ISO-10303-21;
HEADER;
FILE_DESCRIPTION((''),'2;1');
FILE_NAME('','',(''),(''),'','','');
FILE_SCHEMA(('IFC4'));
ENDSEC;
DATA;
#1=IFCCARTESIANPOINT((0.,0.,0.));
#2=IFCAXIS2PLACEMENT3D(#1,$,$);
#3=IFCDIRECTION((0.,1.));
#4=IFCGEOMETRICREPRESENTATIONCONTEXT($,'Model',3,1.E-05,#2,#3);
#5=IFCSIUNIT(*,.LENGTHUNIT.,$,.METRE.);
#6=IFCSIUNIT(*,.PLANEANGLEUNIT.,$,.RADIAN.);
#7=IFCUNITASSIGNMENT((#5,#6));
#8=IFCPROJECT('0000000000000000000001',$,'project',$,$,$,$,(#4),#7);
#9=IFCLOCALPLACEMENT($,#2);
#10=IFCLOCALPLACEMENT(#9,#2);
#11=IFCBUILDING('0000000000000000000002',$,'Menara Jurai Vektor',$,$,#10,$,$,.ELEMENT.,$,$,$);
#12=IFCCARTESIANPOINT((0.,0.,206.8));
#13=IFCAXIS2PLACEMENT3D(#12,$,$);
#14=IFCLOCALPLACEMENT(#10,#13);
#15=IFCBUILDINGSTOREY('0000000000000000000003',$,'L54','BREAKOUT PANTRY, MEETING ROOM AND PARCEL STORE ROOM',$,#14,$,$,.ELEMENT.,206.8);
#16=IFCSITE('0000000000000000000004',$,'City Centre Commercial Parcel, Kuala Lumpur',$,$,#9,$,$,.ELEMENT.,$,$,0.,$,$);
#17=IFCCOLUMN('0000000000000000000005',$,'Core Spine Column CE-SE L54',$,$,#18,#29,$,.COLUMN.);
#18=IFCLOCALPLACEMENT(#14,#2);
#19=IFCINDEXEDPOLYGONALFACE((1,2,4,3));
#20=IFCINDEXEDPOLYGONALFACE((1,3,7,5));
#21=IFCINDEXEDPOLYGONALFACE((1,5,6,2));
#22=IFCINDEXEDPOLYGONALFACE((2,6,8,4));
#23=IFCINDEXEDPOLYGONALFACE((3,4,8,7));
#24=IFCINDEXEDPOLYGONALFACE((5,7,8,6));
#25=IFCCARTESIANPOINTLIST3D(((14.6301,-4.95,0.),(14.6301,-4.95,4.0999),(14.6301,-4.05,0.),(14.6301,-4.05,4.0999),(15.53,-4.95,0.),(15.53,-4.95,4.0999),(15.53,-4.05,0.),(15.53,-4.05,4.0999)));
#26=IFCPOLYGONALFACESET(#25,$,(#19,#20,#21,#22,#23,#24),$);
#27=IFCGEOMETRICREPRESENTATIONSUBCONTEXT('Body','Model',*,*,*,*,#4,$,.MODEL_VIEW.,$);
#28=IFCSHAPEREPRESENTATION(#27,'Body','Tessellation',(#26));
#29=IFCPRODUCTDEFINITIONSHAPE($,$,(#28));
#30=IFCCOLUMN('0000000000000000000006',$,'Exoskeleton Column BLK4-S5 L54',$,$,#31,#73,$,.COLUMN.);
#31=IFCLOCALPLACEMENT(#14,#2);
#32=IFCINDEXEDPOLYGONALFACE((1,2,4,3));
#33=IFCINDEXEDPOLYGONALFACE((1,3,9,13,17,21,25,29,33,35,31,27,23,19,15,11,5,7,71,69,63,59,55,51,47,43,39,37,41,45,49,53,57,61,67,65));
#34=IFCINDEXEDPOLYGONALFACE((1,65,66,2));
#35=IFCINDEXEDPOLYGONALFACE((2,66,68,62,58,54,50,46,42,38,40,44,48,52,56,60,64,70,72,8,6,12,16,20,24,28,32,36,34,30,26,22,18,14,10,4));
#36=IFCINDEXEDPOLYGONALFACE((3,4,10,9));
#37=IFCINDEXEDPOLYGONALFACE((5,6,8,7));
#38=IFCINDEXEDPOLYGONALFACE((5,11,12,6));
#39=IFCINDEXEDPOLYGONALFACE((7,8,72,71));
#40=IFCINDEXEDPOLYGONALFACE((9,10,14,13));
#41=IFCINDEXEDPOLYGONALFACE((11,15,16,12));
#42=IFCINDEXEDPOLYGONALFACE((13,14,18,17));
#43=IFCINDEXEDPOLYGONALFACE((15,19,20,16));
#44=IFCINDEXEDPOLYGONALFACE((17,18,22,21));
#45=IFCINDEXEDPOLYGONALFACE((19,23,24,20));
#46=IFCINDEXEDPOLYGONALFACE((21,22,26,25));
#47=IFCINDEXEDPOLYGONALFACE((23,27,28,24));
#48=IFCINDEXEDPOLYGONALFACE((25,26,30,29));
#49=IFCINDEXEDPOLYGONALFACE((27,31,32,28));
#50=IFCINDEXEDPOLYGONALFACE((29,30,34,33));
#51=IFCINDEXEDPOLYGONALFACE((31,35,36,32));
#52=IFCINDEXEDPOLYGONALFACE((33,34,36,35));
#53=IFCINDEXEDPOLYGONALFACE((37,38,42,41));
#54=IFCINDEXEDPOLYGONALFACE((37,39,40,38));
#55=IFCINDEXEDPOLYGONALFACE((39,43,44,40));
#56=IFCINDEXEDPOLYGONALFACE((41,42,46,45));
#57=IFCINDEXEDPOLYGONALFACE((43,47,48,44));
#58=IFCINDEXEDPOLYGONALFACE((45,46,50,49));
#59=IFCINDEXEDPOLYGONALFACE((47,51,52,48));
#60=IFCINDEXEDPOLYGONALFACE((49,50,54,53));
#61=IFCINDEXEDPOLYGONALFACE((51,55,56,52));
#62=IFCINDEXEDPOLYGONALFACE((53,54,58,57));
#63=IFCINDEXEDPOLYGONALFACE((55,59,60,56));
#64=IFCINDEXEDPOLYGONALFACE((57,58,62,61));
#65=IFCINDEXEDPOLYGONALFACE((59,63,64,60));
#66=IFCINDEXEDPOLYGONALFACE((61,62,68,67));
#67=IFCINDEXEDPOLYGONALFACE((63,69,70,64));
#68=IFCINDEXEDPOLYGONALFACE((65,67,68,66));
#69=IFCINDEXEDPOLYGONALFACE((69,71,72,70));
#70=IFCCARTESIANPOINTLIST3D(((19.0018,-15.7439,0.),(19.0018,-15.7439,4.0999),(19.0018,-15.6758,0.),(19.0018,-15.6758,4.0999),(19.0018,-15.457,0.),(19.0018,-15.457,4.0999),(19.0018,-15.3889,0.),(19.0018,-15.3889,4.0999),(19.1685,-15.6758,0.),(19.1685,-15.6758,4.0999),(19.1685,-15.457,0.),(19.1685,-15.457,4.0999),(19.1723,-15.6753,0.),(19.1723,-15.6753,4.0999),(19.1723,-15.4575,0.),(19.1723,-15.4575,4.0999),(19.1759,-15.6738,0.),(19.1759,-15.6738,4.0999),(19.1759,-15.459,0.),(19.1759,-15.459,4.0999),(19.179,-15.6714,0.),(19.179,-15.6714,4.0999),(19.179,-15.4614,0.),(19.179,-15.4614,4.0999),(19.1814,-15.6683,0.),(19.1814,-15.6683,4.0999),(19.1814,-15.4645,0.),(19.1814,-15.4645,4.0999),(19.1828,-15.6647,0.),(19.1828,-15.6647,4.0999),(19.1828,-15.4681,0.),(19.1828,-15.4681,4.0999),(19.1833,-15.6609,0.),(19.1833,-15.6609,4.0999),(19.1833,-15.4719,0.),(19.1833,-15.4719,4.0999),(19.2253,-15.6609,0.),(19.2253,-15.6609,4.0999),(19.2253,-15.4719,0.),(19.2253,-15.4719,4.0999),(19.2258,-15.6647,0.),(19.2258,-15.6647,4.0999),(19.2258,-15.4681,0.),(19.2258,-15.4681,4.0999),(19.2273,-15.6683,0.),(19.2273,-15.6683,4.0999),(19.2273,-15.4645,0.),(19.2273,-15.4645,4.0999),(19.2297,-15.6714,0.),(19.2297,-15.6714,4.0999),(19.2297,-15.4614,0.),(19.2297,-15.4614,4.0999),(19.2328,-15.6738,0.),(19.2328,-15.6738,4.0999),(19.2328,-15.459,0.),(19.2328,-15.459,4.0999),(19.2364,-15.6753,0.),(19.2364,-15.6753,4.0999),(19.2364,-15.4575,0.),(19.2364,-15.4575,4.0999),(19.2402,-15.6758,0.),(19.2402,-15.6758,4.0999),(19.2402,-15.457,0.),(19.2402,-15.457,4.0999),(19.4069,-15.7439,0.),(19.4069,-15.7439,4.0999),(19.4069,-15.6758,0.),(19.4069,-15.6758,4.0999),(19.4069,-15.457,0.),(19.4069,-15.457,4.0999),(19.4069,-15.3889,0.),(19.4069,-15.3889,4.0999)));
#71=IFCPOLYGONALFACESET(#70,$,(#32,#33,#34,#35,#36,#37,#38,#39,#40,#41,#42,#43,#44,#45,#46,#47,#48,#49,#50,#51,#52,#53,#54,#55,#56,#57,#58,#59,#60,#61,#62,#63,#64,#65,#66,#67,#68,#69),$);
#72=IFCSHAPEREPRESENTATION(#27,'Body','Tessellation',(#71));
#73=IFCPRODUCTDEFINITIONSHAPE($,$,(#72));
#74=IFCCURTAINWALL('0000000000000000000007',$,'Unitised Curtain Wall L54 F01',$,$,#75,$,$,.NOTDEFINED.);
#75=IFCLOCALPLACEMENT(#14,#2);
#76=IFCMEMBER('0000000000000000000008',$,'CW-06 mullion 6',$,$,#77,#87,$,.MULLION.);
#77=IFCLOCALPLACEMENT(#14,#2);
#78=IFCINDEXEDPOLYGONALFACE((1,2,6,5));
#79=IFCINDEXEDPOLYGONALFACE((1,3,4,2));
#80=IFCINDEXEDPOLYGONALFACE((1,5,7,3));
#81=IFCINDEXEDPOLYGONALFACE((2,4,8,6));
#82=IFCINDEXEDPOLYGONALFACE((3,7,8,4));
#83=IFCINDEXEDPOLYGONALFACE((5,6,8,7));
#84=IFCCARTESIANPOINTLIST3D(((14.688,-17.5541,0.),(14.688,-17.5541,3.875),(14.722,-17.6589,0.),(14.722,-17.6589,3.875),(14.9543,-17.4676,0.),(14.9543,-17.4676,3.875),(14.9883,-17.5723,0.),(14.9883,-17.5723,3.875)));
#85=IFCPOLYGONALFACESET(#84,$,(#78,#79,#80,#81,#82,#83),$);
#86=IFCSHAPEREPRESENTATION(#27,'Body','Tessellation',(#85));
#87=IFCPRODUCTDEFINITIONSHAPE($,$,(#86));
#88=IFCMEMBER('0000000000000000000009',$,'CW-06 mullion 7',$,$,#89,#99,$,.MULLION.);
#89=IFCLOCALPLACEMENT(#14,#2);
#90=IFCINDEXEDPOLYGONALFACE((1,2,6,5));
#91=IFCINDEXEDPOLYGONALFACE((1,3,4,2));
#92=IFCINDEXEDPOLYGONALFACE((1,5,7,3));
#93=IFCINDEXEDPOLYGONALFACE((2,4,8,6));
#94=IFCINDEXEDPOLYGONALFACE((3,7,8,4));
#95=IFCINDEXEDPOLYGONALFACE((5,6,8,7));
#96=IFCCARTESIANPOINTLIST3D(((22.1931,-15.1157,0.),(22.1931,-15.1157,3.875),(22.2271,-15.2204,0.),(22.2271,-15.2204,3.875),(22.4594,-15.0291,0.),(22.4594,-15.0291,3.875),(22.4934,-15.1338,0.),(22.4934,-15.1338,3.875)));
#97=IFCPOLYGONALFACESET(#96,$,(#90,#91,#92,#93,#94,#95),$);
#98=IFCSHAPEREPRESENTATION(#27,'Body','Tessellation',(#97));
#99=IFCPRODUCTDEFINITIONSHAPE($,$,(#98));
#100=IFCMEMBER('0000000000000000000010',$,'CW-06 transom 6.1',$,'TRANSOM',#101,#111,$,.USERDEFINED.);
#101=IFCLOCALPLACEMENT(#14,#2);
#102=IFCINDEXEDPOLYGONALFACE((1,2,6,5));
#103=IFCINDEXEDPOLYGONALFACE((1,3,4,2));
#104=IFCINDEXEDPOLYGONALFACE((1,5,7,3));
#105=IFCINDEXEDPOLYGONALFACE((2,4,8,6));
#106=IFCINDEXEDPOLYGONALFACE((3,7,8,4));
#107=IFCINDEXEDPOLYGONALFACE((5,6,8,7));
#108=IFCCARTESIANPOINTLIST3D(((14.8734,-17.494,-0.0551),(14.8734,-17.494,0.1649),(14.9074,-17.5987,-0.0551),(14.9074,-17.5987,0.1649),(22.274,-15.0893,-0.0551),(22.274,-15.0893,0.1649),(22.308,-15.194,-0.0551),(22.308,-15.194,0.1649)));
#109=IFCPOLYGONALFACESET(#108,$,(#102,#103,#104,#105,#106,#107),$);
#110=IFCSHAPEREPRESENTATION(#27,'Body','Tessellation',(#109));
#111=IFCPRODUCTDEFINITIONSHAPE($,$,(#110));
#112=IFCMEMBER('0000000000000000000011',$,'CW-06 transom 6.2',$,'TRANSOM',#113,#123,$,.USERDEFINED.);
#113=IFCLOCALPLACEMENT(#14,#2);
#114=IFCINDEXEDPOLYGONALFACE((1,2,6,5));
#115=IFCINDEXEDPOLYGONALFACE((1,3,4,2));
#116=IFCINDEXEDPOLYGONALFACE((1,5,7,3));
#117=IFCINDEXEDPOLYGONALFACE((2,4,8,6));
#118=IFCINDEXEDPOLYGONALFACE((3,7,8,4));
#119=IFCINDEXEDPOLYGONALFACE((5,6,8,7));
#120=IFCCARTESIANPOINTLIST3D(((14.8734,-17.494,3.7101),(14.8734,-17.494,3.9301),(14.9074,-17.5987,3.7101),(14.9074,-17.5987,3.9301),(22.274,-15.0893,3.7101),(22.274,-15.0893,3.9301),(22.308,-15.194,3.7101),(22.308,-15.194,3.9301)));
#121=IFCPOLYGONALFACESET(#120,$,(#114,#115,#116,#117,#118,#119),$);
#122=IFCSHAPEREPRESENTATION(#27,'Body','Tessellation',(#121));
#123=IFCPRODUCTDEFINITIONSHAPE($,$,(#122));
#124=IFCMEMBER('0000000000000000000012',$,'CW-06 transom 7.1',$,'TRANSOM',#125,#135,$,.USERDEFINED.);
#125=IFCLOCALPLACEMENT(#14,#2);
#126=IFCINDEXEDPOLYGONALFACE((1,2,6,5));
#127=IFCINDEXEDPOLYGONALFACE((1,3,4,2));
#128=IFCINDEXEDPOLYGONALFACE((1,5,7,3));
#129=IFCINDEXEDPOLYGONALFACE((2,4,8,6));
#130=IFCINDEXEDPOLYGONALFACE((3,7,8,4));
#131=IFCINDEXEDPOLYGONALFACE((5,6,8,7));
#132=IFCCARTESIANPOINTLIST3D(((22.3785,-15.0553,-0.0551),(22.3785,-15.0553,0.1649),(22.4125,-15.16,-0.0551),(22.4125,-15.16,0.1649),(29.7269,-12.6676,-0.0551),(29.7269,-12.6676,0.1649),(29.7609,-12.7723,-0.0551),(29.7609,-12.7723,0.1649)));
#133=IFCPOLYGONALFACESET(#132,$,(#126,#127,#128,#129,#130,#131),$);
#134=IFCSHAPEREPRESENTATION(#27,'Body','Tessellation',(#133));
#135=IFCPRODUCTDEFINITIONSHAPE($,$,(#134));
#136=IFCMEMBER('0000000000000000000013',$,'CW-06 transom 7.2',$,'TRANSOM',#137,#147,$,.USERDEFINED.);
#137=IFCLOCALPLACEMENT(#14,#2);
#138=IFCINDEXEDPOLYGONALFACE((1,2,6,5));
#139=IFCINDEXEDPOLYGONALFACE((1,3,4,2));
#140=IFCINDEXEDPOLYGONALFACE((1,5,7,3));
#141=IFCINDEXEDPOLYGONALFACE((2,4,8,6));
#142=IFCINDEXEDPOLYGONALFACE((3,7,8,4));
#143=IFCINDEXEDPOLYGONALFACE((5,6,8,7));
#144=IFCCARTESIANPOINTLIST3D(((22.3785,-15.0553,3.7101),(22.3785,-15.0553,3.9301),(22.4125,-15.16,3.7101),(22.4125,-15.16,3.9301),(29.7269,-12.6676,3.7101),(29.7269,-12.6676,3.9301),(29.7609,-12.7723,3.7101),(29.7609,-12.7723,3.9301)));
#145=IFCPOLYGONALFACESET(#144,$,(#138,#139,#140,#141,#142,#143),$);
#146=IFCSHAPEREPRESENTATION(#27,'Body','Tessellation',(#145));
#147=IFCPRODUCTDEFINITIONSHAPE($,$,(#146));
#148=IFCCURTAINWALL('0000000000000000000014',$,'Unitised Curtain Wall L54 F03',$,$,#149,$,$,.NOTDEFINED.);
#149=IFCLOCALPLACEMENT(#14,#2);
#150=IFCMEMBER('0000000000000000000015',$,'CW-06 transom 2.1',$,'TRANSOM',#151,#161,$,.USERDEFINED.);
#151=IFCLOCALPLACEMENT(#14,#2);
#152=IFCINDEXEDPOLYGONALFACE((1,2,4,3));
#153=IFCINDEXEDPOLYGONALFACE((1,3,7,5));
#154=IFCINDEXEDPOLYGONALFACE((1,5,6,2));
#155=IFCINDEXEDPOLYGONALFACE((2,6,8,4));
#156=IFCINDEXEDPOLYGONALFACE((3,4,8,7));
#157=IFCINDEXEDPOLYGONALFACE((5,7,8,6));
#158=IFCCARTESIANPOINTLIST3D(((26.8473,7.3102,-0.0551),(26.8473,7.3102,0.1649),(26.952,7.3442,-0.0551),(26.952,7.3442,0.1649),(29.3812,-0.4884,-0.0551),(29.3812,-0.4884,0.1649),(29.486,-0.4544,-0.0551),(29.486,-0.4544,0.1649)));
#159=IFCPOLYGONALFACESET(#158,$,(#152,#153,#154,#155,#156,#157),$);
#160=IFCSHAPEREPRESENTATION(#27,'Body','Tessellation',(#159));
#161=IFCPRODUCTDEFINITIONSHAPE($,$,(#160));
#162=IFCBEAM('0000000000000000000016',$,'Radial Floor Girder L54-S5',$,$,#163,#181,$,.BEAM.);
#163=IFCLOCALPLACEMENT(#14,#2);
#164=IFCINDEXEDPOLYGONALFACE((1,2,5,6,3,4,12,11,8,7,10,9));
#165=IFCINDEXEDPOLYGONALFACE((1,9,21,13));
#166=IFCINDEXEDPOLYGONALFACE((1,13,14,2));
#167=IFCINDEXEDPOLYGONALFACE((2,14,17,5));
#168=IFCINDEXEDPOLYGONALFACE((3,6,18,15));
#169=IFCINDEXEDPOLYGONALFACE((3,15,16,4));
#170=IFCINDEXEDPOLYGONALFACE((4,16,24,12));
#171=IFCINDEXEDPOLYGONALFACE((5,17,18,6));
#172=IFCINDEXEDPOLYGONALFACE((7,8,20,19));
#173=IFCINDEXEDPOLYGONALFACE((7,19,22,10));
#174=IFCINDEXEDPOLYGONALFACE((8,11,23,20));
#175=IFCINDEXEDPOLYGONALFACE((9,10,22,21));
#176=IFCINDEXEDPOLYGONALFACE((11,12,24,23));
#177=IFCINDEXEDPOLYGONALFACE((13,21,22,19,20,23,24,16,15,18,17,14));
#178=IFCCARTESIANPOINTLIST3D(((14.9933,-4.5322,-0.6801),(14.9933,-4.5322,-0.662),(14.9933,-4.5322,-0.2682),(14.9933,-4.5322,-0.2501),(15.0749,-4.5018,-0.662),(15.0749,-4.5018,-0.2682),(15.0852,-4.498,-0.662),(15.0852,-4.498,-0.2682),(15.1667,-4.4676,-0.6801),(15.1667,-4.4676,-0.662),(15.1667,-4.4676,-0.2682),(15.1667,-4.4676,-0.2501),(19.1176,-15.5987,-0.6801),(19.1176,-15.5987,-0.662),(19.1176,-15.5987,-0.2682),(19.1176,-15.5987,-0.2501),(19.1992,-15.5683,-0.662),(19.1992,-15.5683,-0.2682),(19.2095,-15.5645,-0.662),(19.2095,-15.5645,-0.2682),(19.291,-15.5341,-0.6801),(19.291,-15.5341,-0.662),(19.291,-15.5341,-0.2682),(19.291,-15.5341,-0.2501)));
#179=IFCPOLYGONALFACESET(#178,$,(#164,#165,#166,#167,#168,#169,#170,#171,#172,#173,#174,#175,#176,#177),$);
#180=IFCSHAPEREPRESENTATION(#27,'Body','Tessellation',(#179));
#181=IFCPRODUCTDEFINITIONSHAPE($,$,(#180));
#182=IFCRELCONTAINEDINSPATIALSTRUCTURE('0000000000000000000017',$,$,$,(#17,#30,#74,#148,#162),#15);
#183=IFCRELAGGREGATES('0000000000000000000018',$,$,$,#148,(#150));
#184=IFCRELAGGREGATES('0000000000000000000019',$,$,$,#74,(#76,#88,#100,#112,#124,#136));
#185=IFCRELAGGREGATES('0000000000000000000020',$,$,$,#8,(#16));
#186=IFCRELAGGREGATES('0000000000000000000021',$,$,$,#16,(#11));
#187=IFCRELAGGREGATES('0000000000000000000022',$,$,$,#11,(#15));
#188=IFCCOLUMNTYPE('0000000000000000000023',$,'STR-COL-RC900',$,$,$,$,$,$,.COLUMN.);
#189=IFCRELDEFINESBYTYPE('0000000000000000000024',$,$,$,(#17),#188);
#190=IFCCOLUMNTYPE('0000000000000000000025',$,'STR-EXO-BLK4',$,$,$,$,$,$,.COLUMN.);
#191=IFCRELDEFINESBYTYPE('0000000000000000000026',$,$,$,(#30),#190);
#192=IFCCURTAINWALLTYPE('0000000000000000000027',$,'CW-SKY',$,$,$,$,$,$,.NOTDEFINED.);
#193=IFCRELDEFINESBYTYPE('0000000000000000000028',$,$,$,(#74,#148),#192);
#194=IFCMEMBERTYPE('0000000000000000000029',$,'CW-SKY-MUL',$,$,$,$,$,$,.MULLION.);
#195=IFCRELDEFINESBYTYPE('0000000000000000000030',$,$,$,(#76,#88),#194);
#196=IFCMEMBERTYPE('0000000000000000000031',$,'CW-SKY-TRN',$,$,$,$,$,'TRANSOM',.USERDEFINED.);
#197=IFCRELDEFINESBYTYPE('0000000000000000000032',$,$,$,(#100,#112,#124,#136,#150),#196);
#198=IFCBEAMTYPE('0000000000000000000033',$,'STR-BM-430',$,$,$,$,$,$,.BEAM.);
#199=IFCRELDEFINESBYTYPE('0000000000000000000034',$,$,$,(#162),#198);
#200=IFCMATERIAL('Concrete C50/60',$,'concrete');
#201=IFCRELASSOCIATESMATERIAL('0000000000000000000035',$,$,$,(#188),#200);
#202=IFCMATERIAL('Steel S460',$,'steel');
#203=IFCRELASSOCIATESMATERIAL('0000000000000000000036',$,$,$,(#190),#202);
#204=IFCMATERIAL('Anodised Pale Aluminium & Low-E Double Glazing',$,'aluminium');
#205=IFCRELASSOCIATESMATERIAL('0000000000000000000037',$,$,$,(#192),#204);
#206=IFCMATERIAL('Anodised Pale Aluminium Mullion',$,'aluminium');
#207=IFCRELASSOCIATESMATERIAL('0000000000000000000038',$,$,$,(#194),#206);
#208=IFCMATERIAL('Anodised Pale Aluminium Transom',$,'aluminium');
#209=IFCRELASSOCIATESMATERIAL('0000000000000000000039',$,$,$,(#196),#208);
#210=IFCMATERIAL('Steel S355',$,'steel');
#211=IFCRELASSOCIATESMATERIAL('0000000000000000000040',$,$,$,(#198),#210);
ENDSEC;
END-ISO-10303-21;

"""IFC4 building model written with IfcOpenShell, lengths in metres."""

from ifc_helpers import new_model, si_unit, direction, frame, origin, origin_2d, place, context, subcontext, project, spatial, rectangle, i_section, extrude, material, material_profile, profile_set, type_object, element, aggregate, save


model = new_model("IFC4")

# Units and contexts
model_context = context("Model", 3, precision=1e-05, world=origin(), true_north=direction((0.0, 1.0)))
body_context = subcontext(model_context, "Body", "Model", "MODEL_VIEW")
ifc_project = project(units=[si_unit("LENGTHUNIT", "METRE"), si_unit("PLANEANGLEUNIT", "RADIAN")], contexts=[model_context])

# Site, building, storey
site_placement = place(None, origin())
site = spatial("IfcSite", under=ifc_project, at=site_placement, Name="City Centre Commercial Parcel, Kuala Lumpur", CompositionType="ELEMENT", RefElevation=0.0)
building_placement = place(site_placement, origin())
building = spatial("IfcBuilding", under=site, at=building_placement, Name="Menara Jurai Vektor", CompositionType="ELEMENT")
storey_placement = place(building_placement, frame((0.0, 0.0, 206.8)))
storey = spatial("IfcBuildingStorey", under=building, at=storey_placement, Name="L54", Description="BREAKOUT PANTRY, MEETING ROOM AND PARCEL STORE ROOM", CompositionType="ELEMENT", Elevation=206.8)

# Columns
ifc_material_1 = material(Name="Concrete C50/60", Category="concrete")
ifc_material_profile_1 = material_profile(ifc_material_1, rectangle(XDim=0.8999, YDim=0.8999, at=origin_2d()), Name="RC 900x900")
ifc_profile_set_1 = profile_set([ifc_material_profile_1], Name="Concrete C50/60")
column_type_1 = type_object("IfcColumnType", Name="STR-COL-RC900", PredefinedType="COLUMN", material=ifc_profile_set_1)
column_1_placement = place(storey_placement, frame((15.0801, -4.5, 0.0), z_axis=(0.0, 0.0, 1.0), x_axis=(1.0, 0.0, 0.0)))
element("IfcColumn", 1, at=column_1_placement, inside=storey, type_object=column_type_1, Name="Core Spine Column CE-SE L54", PredefinedType="COLUMN", context=body_context, shape_type="SweptSolid", body=[
    extrude(rectangle(XDim=0.8999, YDim=0.8999, at=origin_2d()), origin(), (0.0, 0.0, 1.0), 4.0999),
])
ifc_material_2 = material(Name="Steel S460", Category="steel")
ifc_material_profile_2 = material_profile(ifc_material_2, i_section(OverallWidth=0.405, OverallDepth=0.355, WebThickness=0.042, FlangeThickness=0.0681, FilletRadius=0.0149, at=origin_2d()), Name="HD 400x551")
ifc_profile_set_2 = profile_set([ifc_material_profile_2], Name="Steel S460")
column_type_2 = type_object("IfcColumnType", Name="STR-EXO-BLK4", PredefinedType="COLUMN", material=ifc_profile_set_2)
column_2_placement = place(storey_placement, frame((19.2043, -15.5664, 0.0), z_axis=(0.0, 0.0, 1.0), x_axis=(1.0, 0.0, 0.0)))
element("IfcColumn", 2, at=column_2_placement, inside=storey, type_object=column_type_2, Name="Exoskeleton Column BLK4-S5 L54", PredefinedType="COLUMN", context=body_context, shape_type="SweptSolid", body=[
    extrude(i_section(OverallWidth=0.405, OverallDepth=0.355, WebThickness=0.042, FlangeThickness=0.0681, FilletRadius=0.0149, at=origin_2d()), origin(), (0.0, 0.0, 1.0), 4.0999),
])

# Curtain wall, members
ifc_material_3 = material(Name="Anodised Pale Aluminium & Low-E Double Glazing", Category="aluminium")
curtain_wall_type = type_object("IfcCurtainWallType", Name="CW-SKY", PredefinedType="NOTDEFINED", material=ifc_material_3)
curtain_wall_1_placement = place(storey_placement, origin())
curtain_wall_1 = element("IfcCurtainWall", 3, at=curtain_wall_1_placement, inside=storey, type_object=curtain_wall_type, Name="Unitised Curtain Wall L54 F01", PredefinedType="NOTDEFINED")
ifc_material_4 = material(Name="Anodised Pale Aluminium Mullion", Category="aluminium")
ifc_material_profile_3 = material_profile(ifc_material_4, rectangle(XDim=0.1101, YDim=0.28, at=origin_2d()), Name="ALU MUL 110x280")
ifc_profile_set_3 = profile_set([ifc_material_profile_3], Name="Anodised Pale Aluminium Mullion")
member_type_1 = type_object("IfcMemberType", Name="CW-SKY-MUL", PredefinedType="MULLION", material=ifc_profile_set_3)
member_1_placement = place(storey_placement, frame((14.8381, -17.5632, 0.0), z_axis=(0.0, 0.0, 1.0), x_axis=(-0.309017, 0.951056, 0.0)))
member_1 = element("IfcMember", 4, at=member_1_placement, type_object=member_type_1, Name="CW-06 mullion 6", PredefinedType="MULLION", context=body_context, shape_type="SweptSolid", body=[
    extrude(rectangle(XDim=0.1101, YDim=0.28, at=origin_2d()), origin(), (0.0, 0.0, 1.0), 3.875),
])
member_2_placement = place(storey_placement, frame((22.3433, -15.1248, 0.0), z_axis=(0.0, 0.0, 1.0), x_axis=(-0.309017, 0.951056, 0.0)))
member_2 = element("IfcMember", 5, at=member_2_placement, type_object=member_type_1, Name="CW-06 mullion 7", PredefinedType="MULLION", context=body_context, shape_type="SweptSolid", body=[
    extrude(rectangle(XDim=0.1101, YDim=0.28, at=origin_2d()), origin(), (0.0, 0.0, 1.0), 3.875),
])
ifc_material_5 = material(Name="Anodised Pale Aluminium Transom", Category="aluminium")
ifc_material_profile_4 = material_profile(ifc_material_5, rectangle(XDim=0.1101, YDim=0.22, at=origin_2d()), Name="ALU TRN 110x220")
ifc_profile_set_4 = profile_set([ifc_material_profile_4], Name="Anodised Pale Aluminium Transom")
member_type_2 = type_object("IfcMemberType", Name="CW-SKY-TRN", ElementType="TRANSOM", PredefinedType="USERDEFINED", material=ifc_profile_set_4)
member_3_placement = place(storey_placement, frame((14.8904, -17.5464, 0.0549), z_axis=(0.95105, 0.309037, 0.0), x_axis=(-0.309037, 0.95105, 0.0)))
member_3 = element("IfcMember", 6, at=member_3_placement, type_object=member_type_2, Name="CW-06 transom 6.1", ObjectType="TRANSOM", PredefinedType="USERDEFINED", context=body_context, shape_type="SweptSolid", body=[
    extrude(rectangle(XDim=0.1101, YDim=0.22, at=origin_2d()), origin(), (0.0, 0.0, 1.0), 7.7815),
])
member_4_placement = place(storey_placement, frame((14.8904, -17.5464, 3.8201), z_axis=(0.95105, 0.309037, 0.0), x_axis=(-0.309037, 0.95105, 0.0)))
member_4 = element("IfcMember", 7, at=member_4_placement, type_object=member_type_2, Name="CW-06 transom 6.2", ObjectType="TRANSOM", PredefinedType="USERDEFINED", context=body_context, shape_type="SweptSolid", body=[
    extrude(rectangle(XDim=0.1101, YDim=0.22, at=origin_2d()), origin(), (0.0, 0.0, 1.0), 7.7815),
])
member_5_placement = place(storey_placement, frame((22.3955, -15.1077, 0.0549), z_axis=(0.951054, 0.309024, 0.0), x_axis=(-0.309024, 0.951054, 0.0)))
member_5 = element("IfcMember", 8, at=member_5_placement, type_object=member_type_2, Name="CW-06 transom 7.1", ObjectType="TRANSOM", PredefinedType="USERDEFINED", context=body_context, shape_type="SweptSolid", body=[
    extrude(rectangle(XDim=0.1101, YDim=0.22, at=origin_2d()), origin(), (0.0, 0.0, 1.0), 7.7266),
])
member_6_placement = place(storey_placement, frame((22.3955, -15.1077, 3.8201), z_axis=(0.951054, 0.309024, 0.0), x_axis=(-0.309024, 0.951054, 0.0)))
member_6 = element("IfcMember", 9, at=member_6_placement, type_object=member_type_2, Name="CW-06 transom 7.2", ObjectType="TRANSOM", PredefinedType="USERDEFINED", context=body_context, shape_type="SweptSolid", body=[
    extrude(rectangle(XDim=0.1101, YDim=0.22, at=origin_2d()), origin(), (0.0, 0.0, 1.0), 7.7266),
])

# Curtain wall, member
curtain_wall_2_placement = place(storey_placement, origin())
curtain_wall_2 = element("IfcCurtainWall", 10, at=curtain_wall_2_placement, inside=storey, type_object=curtain_wall_type, Name="Unitised Curtain Wall L54 F03", PredefinedType="NOTDEFINED")
member_7_placement = place(storey_placement, frame((29.4336, -0.4714, 0.0549), z_axis=(-0.309019, 0.951056, 0.0), x_axis=(-0.951056, -0.309019, 0.0)))
member_7 = element("IfcMember", 11, at=member_7_placement, type_object=member_type_2, Name="CW-06 transom 2.1", ObjectType="TRANSOM", PredefinedType="USERDEFINED", context=body_context, shape_type="SweptSolid", body=[
    extrude(rectangle(XDim=0.1101, YDim=0.22, at=origin_2d()), origin(), (0.0, 0.0, 1.0), 8.2),
])
aggregate(curtain_wall_2, [member_7])

# Beam
ifc_material_6 = material(Name="Steel S355", Category="steel")
ifc_material_profile_5 = material_profile(ifc_material_6, i_section(OverallWidth=0.1851, OverallDepth=0.4299, WebThickness=0.011, FlangeThickness=0.0181, at=origin_2d()), Name="PG 430x185x76")
ifc_profile_set_5 = profile_set([ifc_material_profile_5], Name="Steel S355")
beam_type_1 = type_object("IfcBeamType", Name="STR-BM-430", PredefinedType="BEAM", material=ifc_profile_set_5)
beam_1_placement = place(storey_placement, frame((19.2043, -15.5664, -0.4651), z_axis=(-0.34922, 0.937041, 0.0), x_axis=(-0.937041, -0.34922, 0.0)))
element("IfcBeam", 12, at=beam_1_placement, inside=storey, type_object=beam_type_1, Name="Radial Floor Girder L54-S5", PredefinedType="BEAM", context=body_context, shape_type="SweptSolid", body=[
    extrude(i_section(OverallWidth=0.1851, OverallDepth=0.4299, WebThickness=0.011, FlangeThickness=0.0181, at=origin_2d()), origin(), (0.0, 0.0, 1.0), 11.8101),
])

aggregate(curtain_wall_1, [member_1, member_2, member_3, member_4, member_5, member_6])

save(model, "model.ifc")
